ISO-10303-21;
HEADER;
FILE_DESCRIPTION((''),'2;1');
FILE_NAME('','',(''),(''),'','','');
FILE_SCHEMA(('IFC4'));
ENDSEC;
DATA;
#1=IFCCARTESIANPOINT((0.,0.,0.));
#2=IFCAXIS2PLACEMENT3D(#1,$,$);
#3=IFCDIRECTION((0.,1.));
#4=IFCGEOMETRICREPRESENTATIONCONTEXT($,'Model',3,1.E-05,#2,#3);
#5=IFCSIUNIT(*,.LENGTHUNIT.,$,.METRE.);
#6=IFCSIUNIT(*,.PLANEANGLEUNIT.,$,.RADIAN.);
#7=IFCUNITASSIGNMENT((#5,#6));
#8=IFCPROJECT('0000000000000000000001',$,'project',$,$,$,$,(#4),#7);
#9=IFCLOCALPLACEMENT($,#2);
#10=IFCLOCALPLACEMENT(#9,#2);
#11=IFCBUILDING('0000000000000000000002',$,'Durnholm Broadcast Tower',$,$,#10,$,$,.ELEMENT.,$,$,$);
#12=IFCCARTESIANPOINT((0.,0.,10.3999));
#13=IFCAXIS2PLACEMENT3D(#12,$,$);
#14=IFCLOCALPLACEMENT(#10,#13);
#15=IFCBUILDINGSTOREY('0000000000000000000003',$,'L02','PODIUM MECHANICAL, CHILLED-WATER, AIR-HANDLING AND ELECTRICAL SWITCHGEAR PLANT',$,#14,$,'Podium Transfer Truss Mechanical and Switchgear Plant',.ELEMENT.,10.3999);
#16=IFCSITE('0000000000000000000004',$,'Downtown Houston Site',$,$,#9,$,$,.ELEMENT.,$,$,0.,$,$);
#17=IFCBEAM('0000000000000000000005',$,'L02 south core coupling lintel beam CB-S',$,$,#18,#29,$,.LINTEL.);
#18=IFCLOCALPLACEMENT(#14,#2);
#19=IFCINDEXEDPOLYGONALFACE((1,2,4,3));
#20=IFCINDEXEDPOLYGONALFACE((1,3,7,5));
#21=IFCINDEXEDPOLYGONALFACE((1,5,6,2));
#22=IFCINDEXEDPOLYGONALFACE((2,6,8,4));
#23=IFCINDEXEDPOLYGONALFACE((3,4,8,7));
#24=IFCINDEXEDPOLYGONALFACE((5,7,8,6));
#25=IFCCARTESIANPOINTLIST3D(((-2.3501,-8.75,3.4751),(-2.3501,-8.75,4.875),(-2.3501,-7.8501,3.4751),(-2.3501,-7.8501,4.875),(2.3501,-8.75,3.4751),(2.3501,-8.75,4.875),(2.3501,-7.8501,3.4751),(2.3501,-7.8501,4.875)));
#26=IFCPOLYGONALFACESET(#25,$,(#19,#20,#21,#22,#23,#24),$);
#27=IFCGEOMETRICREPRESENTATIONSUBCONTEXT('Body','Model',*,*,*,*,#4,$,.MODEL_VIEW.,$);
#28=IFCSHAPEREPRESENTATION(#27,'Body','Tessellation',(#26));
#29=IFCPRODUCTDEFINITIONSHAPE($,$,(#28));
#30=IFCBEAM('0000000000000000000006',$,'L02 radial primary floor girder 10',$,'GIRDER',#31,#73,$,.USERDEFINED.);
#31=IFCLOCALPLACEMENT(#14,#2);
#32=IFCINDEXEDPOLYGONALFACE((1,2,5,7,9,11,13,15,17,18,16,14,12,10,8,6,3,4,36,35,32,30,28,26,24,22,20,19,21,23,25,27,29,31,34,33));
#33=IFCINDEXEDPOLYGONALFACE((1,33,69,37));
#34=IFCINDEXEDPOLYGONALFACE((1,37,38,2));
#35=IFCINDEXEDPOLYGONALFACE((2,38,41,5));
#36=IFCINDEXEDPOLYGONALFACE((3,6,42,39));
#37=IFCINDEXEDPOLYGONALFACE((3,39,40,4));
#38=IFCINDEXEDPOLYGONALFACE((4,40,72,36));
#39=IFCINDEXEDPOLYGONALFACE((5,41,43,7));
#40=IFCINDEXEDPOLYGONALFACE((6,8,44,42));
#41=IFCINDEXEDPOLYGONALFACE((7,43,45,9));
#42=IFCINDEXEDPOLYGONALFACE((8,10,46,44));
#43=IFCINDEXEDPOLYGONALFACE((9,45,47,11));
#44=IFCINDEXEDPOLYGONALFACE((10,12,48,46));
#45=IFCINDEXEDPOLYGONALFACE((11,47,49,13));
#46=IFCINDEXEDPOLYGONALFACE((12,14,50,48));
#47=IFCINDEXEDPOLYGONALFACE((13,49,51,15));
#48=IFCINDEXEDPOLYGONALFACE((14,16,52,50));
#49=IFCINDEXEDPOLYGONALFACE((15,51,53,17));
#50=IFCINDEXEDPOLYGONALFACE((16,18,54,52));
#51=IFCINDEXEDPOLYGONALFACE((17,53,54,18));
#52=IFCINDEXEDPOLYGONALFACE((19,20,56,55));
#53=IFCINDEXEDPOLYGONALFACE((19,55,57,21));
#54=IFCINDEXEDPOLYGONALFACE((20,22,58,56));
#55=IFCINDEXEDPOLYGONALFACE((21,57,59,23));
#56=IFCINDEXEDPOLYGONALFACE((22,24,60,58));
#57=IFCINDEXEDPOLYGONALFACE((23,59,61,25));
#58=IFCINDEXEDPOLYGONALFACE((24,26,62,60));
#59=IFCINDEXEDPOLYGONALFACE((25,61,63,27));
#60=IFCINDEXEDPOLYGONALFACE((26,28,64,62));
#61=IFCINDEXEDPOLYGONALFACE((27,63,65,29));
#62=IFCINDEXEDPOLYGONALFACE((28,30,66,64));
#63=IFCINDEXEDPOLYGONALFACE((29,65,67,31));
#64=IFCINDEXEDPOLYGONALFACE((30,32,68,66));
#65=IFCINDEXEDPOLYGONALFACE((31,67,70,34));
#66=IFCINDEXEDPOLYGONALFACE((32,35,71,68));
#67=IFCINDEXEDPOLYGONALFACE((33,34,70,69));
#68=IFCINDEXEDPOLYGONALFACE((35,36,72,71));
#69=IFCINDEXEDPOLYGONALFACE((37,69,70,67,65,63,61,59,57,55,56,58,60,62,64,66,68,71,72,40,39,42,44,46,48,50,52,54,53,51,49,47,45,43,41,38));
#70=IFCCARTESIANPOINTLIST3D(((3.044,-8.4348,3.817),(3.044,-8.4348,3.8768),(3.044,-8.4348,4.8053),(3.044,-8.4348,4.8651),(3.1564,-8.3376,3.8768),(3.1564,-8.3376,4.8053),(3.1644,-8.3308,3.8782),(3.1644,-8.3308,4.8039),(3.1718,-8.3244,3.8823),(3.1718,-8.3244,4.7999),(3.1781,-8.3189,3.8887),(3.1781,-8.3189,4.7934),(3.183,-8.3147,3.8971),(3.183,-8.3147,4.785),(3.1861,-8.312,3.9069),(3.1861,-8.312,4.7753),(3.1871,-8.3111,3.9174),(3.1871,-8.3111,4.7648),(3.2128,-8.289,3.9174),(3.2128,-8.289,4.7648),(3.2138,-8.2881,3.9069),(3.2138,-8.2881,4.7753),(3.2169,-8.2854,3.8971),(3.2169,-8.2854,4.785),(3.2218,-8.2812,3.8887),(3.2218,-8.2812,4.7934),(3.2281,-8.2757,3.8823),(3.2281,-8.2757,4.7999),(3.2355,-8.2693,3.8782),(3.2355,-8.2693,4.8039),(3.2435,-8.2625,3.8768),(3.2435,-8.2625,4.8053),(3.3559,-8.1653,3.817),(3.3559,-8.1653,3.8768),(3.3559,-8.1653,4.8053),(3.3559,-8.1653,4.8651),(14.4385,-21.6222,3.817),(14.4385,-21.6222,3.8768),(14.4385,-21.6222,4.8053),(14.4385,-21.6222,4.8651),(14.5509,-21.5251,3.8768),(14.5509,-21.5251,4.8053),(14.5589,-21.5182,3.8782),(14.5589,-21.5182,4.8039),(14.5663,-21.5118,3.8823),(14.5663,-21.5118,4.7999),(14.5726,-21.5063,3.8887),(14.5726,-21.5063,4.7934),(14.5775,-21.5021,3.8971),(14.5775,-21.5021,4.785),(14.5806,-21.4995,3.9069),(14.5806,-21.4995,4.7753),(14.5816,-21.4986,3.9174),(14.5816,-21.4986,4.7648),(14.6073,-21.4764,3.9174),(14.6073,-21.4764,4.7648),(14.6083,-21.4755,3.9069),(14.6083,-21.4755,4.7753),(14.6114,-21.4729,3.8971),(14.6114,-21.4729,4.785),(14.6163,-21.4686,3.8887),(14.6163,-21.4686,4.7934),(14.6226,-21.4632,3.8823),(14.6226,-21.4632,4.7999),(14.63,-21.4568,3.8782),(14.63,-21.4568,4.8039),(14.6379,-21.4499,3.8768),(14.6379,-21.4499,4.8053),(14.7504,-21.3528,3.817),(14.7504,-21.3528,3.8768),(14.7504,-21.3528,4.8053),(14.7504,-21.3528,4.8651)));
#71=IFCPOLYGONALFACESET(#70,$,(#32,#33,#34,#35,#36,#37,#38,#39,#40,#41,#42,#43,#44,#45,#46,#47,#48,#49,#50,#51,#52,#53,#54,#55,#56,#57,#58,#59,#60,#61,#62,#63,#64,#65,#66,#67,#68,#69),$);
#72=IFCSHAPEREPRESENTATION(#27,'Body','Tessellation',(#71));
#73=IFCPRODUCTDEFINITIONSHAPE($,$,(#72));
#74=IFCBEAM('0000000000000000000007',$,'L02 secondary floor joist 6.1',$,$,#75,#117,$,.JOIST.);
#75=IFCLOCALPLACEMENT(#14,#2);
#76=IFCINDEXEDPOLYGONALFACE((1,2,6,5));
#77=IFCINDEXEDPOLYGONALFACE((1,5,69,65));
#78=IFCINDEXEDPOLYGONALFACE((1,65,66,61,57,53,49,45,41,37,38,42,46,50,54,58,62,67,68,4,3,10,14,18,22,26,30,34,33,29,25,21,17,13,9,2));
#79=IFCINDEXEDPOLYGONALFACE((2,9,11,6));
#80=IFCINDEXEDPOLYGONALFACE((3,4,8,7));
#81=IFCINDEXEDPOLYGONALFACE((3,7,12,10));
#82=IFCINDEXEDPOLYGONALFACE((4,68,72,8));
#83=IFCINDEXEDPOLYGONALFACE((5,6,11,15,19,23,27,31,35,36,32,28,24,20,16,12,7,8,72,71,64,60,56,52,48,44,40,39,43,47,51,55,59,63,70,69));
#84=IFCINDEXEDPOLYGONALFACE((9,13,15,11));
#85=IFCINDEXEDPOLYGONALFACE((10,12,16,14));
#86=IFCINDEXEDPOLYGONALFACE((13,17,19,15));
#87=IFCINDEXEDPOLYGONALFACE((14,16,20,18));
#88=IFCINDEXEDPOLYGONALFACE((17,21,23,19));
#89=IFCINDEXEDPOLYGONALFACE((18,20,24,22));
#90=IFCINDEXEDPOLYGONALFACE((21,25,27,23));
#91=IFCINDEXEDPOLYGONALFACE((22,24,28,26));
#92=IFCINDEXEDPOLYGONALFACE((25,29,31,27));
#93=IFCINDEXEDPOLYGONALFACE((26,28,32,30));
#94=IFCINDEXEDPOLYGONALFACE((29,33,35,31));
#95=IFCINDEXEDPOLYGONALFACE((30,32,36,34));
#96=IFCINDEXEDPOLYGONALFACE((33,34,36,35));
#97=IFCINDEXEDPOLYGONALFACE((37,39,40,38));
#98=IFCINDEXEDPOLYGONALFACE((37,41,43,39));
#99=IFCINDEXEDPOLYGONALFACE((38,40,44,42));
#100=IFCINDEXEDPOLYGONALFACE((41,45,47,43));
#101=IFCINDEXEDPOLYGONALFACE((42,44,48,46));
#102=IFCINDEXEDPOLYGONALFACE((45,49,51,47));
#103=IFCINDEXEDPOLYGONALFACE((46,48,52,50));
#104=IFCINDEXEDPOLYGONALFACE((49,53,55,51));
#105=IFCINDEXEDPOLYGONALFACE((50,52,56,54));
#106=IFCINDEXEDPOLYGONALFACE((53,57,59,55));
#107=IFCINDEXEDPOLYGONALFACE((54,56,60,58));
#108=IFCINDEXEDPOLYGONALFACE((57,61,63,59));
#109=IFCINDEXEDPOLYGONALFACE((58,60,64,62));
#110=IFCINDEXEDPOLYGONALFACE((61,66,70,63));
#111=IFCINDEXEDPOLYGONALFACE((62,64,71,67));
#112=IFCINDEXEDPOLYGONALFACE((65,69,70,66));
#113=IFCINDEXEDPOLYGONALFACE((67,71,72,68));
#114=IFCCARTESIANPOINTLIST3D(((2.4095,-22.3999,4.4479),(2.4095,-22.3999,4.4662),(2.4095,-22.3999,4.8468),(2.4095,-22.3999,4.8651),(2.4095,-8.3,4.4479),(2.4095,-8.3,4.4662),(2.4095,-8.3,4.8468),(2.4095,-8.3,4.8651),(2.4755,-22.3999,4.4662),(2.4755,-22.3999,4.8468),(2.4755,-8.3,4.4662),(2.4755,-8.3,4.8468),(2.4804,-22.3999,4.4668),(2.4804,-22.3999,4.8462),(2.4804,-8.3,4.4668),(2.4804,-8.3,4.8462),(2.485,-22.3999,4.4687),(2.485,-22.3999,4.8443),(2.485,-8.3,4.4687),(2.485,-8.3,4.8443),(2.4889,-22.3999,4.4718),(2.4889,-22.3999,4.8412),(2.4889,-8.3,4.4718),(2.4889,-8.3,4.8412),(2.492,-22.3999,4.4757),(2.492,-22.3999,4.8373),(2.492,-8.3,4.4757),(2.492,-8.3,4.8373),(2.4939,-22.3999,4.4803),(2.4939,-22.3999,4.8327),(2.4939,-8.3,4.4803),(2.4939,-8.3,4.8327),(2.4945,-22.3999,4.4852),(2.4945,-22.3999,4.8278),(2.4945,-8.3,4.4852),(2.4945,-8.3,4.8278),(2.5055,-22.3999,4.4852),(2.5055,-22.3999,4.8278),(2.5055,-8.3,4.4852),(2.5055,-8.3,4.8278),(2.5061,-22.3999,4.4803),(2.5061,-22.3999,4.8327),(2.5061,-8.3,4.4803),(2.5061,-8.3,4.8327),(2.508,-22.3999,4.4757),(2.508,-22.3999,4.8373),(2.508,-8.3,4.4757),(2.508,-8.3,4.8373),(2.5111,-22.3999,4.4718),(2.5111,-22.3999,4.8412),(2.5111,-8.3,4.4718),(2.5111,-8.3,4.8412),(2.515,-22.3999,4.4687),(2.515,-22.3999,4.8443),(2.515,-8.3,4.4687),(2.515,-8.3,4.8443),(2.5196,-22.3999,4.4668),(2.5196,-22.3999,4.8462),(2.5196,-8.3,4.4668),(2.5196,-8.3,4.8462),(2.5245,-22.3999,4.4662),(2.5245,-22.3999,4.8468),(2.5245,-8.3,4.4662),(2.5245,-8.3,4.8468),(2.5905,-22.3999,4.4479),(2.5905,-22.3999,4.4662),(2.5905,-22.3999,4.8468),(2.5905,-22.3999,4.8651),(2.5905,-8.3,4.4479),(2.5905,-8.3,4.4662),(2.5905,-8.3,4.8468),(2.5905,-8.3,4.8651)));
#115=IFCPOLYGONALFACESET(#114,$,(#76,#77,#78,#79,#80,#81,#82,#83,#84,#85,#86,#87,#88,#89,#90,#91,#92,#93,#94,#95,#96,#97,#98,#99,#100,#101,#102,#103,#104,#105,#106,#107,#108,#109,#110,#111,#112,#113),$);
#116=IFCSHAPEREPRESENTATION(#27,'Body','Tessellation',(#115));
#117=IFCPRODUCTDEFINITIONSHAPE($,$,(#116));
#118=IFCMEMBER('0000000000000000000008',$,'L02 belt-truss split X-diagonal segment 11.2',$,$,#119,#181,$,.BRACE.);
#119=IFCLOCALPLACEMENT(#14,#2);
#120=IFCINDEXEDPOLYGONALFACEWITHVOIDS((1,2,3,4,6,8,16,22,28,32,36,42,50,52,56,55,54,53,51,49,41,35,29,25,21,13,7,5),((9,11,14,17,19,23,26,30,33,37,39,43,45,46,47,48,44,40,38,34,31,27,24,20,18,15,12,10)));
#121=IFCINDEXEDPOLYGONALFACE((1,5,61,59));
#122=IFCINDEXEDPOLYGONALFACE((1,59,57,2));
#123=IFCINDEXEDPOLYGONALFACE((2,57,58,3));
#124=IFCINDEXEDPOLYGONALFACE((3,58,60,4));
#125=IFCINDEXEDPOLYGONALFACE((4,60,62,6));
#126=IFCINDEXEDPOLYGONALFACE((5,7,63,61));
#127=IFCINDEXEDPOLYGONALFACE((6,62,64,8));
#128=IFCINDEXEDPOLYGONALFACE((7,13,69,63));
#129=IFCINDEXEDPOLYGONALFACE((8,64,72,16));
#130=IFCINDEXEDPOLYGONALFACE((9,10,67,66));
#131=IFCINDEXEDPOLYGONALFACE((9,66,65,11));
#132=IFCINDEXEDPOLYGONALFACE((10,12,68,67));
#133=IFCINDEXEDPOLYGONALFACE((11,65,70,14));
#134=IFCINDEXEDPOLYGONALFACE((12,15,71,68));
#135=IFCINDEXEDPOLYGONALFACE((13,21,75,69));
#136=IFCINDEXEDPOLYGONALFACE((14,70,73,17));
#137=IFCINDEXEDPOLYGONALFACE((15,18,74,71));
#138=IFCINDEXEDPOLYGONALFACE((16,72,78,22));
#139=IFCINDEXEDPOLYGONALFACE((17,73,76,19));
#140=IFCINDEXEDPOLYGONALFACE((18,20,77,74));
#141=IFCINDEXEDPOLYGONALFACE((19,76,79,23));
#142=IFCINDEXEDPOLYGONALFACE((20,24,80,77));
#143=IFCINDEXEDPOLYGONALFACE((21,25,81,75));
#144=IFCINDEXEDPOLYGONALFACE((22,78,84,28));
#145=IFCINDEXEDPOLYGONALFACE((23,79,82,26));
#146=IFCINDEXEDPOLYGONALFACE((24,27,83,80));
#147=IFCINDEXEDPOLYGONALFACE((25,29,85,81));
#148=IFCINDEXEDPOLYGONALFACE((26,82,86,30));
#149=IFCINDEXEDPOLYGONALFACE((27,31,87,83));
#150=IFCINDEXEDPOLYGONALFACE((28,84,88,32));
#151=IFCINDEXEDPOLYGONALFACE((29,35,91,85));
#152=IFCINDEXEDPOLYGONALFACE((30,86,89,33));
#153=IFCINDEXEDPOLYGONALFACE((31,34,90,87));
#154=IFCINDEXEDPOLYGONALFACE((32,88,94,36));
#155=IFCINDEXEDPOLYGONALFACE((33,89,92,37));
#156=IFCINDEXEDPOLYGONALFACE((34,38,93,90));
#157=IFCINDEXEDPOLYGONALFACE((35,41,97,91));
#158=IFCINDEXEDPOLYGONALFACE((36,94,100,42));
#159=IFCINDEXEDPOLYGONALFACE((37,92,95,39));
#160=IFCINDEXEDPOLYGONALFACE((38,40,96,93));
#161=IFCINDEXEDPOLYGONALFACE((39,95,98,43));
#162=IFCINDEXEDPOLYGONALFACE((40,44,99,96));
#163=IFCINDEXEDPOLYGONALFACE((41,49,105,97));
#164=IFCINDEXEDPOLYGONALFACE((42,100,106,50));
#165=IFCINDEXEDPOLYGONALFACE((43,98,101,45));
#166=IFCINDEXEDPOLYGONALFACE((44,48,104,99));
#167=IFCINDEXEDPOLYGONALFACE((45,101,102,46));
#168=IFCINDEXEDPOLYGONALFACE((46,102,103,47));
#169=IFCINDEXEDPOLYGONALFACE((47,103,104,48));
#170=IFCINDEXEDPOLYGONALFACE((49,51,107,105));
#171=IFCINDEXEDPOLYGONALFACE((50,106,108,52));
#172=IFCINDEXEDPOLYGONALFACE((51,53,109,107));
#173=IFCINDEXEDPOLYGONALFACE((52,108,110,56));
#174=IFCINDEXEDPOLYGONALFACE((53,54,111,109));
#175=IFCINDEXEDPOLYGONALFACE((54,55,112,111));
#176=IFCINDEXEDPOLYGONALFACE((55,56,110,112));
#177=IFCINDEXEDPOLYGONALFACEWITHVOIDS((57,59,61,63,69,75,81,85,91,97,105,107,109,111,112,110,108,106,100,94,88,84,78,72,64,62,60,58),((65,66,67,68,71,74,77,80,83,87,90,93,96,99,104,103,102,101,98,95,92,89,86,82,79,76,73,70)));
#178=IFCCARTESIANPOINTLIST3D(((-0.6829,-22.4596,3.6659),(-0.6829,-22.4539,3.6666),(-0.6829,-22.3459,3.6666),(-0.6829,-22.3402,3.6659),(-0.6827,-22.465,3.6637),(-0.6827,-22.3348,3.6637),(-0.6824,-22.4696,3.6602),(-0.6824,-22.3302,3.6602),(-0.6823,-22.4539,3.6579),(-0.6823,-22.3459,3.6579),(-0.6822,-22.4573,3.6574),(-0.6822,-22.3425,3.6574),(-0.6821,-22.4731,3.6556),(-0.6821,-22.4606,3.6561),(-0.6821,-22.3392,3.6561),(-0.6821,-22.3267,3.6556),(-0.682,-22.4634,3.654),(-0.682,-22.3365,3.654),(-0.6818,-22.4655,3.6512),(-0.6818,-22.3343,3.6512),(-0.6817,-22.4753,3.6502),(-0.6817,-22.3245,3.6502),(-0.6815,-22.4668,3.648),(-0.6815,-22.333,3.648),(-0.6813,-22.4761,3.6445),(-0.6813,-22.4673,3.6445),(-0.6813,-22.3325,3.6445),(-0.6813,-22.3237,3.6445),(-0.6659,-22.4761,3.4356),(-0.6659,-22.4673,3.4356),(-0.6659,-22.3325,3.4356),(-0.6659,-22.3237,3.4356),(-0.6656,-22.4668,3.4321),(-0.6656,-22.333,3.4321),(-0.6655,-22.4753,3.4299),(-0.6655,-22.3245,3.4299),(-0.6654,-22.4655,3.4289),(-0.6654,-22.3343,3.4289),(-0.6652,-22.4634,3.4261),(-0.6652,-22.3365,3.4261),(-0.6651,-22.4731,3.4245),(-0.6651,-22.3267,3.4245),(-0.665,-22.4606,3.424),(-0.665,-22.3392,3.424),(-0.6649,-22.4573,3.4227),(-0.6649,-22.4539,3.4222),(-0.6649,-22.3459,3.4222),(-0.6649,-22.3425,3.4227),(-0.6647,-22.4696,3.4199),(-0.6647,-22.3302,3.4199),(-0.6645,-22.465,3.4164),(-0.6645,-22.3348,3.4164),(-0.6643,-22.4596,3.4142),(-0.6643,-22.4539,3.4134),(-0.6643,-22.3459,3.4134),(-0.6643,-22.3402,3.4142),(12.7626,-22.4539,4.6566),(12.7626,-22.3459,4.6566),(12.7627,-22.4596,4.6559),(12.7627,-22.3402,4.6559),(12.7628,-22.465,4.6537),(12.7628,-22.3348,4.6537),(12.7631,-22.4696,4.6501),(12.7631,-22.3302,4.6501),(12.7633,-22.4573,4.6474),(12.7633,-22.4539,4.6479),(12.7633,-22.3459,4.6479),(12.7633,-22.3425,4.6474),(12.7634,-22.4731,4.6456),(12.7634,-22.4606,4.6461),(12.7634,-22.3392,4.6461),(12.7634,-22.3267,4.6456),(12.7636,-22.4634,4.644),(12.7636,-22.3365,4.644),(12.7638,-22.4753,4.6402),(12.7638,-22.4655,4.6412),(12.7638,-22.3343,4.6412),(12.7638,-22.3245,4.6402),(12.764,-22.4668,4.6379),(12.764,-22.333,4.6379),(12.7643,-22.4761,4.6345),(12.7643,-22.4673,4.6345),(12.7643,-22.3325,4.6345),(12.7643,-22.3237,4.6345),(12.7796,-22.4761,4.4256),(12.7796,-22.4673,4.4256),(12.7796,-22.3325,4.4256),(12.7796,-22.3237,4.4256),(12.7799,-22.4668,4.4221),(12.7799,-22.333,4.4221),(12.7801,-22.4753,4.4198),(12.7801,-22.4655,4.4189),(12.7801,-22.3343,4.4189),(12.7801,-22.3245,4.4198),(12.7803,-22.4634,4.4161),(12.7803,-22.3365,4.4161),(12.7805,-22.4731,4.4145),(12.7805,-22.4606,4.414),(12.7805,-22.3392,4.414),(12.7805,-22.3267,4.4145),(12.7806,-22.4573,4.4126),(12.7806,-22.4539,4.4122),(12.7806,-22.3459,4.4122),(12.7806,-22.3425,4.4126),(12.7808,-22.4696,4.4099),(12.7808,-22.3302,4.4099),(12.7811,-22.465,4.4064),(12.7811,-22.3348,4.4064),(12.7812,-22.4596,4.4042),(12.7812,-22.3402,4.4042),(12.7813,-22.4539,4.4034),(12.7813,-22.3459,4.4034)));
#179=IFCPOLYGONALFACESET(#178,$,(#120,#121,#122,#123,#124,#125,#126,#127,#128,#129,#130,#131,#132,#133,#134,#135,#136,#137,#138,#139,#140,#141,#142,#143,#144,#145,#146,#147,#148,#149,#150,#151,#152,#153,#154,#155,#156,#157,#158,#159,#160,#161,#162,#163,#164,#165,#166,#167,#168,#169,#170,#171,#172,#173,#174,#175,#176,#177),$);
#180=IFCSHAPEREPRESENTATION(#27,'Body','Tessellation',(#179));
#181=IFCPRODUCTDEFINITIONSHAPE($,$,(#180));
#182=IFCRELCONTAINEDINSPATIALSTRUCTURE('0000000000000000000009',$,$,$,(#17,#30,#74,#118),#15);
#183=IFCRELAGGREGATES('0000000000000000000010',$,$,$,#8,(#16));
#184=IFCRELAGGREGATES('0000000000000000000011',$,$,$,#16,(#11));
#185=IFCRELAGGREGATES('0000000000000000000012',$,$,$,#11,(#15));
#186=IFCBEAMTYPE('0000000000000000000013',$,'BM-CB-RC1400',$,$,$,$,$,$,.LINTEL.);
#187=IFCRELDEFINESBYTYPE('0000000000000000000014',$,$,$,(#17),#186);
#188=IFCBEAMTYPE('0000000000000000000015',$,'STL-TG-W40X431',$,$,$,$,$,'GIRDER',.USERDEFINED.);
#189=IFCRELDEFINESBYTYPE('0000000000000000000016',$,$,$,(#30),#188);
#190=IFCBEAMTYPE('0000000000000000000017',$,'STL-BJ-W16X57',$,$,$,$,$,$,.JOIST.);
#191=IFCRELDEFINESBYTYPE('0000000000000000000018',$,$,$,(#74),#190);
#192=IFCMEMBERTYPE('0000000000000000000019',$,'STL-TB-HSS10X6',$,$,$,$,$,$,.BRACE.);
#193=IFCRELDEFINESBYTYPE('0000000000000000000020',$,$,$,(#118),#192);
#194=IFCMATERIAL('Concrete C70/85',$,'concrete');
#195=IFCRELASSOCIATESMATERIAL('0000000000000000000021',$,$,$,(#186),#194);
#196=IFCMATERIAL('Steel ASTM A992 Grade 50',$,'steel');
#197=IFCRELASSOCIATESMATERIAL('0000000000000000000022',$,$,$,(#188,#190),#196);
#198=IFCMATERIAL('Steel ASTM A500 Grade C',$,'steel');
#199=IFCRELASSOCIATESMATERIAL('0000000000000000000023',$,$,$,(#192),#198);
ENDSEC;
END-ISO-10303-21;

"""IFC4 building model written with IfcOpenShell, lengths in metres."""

from ifc_helpers import new_model, si_unit, direction, frame, origin, origin_2d, place, context, subcontext, project, spatial, rectangle, hollow_rectangle, i_section, extrude, source, transform, mapped, material, material_profile, profile_set, type_object, type_shapes, element, save


model = new_model("IFC4")

# Units and contexts
model_context = context("Model", 3, precision=1e-05, world=origin(), true_north=direction((0.0, 1.0)))
body_context = subcontext(model_context, "Body", "Model", "MODEL_VIEW")
ifc_project = project(units=[si_unit("LENGTHUNIT", "METRE"), si_unit("PLANEANGLEUNIT", "RADIAN")], contexts=[model_context])

# Site, building, storey
site_placement = place(None, origin())
site = spatial("IfcSite", under=ifc_project, at=site_placement, Name="Downtown Houston Site", CompositionType="ELEMENT", RefElevation=0.0)
building_placement = place(site_placement, origin())
building = spatial("IfcBuilding", under=site, at=building_placement, Name="Durnholm Broadcast Tower", CompositionType="ELEMENT")
storey_placement = place(building_placement, frame((0.0, 0.0, 10.3999)))
storey = spatial("IfcBuildingStorey", under=building, at=storey_placement, Name="L02", Description="PODIUM MECHANICAL, CHILLED-WATER, AIR-HANDLING AND ELECTRICAL SWITCHGEAR PLANT", LongName="Podium Transfer Truss Mechanical and Switchgear Plant", CompositionType="ELEMENT", Elevation=10.3999)

# Beams
ifc_material_1 = material(Name="Concrete C70/85", Category="concrete")
ifc_material_profile_1 = material_profile(ifc_material_1, rectangle(XDim=0.8999, YDim=1.3999, at=origin_2d()), Name="RC900X1400")
ifc_profile_set_1 = profile_set([ifc_material_profile_1], Name="Concrete C70/85")
beam_type_1 = type_object("IfcBeamType", Name="BM-CB-RC1400", PredefinedType="LINTEL", material=ifc_profile_set_1)
shared_shape_1 = source(origin(), body_context, "Body", "SweptSolid", [
    extrude(rectangle(XDim=0.8999, YDim=1.3999, at=origin_2d()), origin(), (0.0, 0.0, 1.0), 4.7002),
])
type_shapes(beam_type_1, [shared_shape_1])
beam_1_placement = place(storey_placement, frame((-2.3501, -8.3, 4.175), z_axis=(1.0, 0.0, 0.0), x_axis=(0.0, 1.0, 0.0)))
element("IfcBeam", 1, at=beam_1_placement, inside=storey, type_object=beam_type_1, Name="L02 south core coupling lintel beam CB-S", PredefinedType="LINTEL", context=body_context, shape_type="MappedRepresentation", body=[
    mapped(shared_shape_1, transform((0.0, 0.0, 0.0), x_axis=(1.0, 0.0, 0.0), y_axis=(0.0, 1.0, 0.0), z_axis=(0.0, 0.0, 1.0), scale=1.0)),
])
ifc_material_2 = material(Name="Steel ASTM A992 Grade 50", Category="steel")
ifc_material_profile_2 = material_profile(ifc_material_2, i_section(OverallWidth=0.4121, OverallDepth=1.0481, WebThickness=0.0339, FlangeThickness=0.0598, FilletRadius=0.0405, at=origin_2d()), Name="W40X431")
ifc_profile_set_2 = profile_set([ifc_material_profile_2], Name="Steel ASTM A992 Grade 50")
beam_type_2 = type_object("IfcBeamType", Name="STL-TG-W40X431", ElementType="GIRDER", PredefinedType="USERDEFINED", material=ifc_profile_set_2)
shared_shape_2 = source(origin(), body_context, "Body", "SweptSolid", [
    extrude(i_section(OverallWidth=0.4121, OverallDepth=1.0481, WebThickness=0.0339, FlangeThickness=0.0598, FilletRadius=0.0405, at=origin_2d()), origin(), (0.0, 0.0, 1.0), 17.4282),
])
type_shapes(beam_type_2, [shared_shape_2])
beam_2_placement = place(storey_placement, frame((3.2, -8.3, 4.3411), z_axis=(0.653795, -0.756672, 0.0), x_axis=(0.756672, 0.653795, 0.0)))
element("IfcBeam", 2, at=beam_2_placement, inside=storey, type_object=beam_type_2, Name="L02 radial primary floor girder 10", ObjectType="GIRDER", PredefinedType="USERDEFINED", context=body_context, shape_type="MappedRepresentation", body=[
    mapped(shared_shape_2, transform((0.0, 0.0, 0.0), x_axis=(1.0, 0.0, 0.0), y_axis=(0.0, 1.0, 0.0), z_axis=(0.0, 0.0, 1.0), scale=1.0)),
])
ifc_material_profile_3 = material_profile(ifc_material_2, i_section(OverallWidth=0.1809, OverallDepth=0.4172, WebThickness=0.011, FlangeThickness=0.0183, FilletRadius=0.019, at=origin_2d()), Name="W16X57")
ifc_profile_set_3 = profile_set([ifc_material_profile_3], Name="Steel ASTM A992 Grade 50")
beam_type_3 = type_object("IfcBeamType", Name="STL-BJ-W16X57", PredefinedType="JOIST", material=ifc_profile_set_3)
shared_shape_3 = source(origin(), body_context, "Body", "SweptSolid", [
    extrude(i_section(OverallWidth=0.1809, OverallDepth=0.4172, WebThickness=0.011, FlangeThickness=0.0183, FilletRadius=0.019, at=origin_2d()), origin(), (0.0, 0.0, 1.0), 14.0999),
])
type_shapes(beam_type_3, [shared_shape_3])
beam_3_placement = place(storey_placement, frame((2.5, -22.3999, 4.6565), z_axis=(0.0, 1.0, 0.0), x_axis=(-1.0, 0.0, 0.0)))
element("IfcBeam", 3, at=beam_3_placement, inside=storey, type_object=beam_type_3, Name="L02 secondary floor joist 6.1", PredefinedType="JOIST", context=body_context, shape_type="MappedRepresentation", body=[
    mapped(shared_shape_3, transform((0.0, 0.0, 0.0), x_axis=(1.0, 0.0, 0.0), y_axis=(0.0, 1.0, 0.0), z_axis=(0.0, 0.0, 1.0), scale=1.0)),
])

# Member
ifc_material_3 = material(Name="Steel ASTM A500 Grade C", Category="steel")
ifc_material_profile_4 = material_profile(ifc_material_3, hollow_rectangle(XDim=0.1523, YDim=0.2539, WallThickness=0.0088, InnerFilletRadius=0.0134, OuterFilletRadius=0.0222, at=origin_2d()), Name="HSS10X6X3/8")
ifc_profile_set_4 = profile_set([ifc_material_profile_4], Name="Steel ASTM A500 Grade C")
member_type_1 = type_object("IfcMemberType", Name="STL-TB-HSS10X6", PredefinedType="BRACE", material=ifc_profile_set_4)
shared_shape_4 = source(origin(), body_context, "Body", "SweptSolid", [
    extrude(hollow_rectangle(XDim=0.1523, YDim=0.2539, WallThickness=0.0088, InnerFilletRadius=0.0134, OuterFilletRadius=0.0222, at=origin_2d()), origin(), (0.0, 0.0, 1.0), 13.4819),
])
type_shapes(member_type_1, [shared_shape_4])
member_1_placement = place(storey_placement, frame((-0.6736, -22.3999, 3.54), z_axis=(0.9973, 0.0, 0.073431), x_axis=(0.0, 1.0, 0.0)))
element("IfcMember", 4, at=member_1_placement, inside=storey, type_object=member_type_1, Name="L02 belt-truss split X-diagonal segment 11.2", PredefinedType="BRACE", context=body_context, shape_type="MappedRepresentation", body=[
    mapped(shared_shape_4, transform((0.0, 0.0, 0.0), x_axis=(1.0, 0.0, 0.0), y_axis=(0.0, 1.0, 0.0), z_axis=(0.0, 0.0, 1.0), scale=1.0)),
])

save(model, "model.ifc")
